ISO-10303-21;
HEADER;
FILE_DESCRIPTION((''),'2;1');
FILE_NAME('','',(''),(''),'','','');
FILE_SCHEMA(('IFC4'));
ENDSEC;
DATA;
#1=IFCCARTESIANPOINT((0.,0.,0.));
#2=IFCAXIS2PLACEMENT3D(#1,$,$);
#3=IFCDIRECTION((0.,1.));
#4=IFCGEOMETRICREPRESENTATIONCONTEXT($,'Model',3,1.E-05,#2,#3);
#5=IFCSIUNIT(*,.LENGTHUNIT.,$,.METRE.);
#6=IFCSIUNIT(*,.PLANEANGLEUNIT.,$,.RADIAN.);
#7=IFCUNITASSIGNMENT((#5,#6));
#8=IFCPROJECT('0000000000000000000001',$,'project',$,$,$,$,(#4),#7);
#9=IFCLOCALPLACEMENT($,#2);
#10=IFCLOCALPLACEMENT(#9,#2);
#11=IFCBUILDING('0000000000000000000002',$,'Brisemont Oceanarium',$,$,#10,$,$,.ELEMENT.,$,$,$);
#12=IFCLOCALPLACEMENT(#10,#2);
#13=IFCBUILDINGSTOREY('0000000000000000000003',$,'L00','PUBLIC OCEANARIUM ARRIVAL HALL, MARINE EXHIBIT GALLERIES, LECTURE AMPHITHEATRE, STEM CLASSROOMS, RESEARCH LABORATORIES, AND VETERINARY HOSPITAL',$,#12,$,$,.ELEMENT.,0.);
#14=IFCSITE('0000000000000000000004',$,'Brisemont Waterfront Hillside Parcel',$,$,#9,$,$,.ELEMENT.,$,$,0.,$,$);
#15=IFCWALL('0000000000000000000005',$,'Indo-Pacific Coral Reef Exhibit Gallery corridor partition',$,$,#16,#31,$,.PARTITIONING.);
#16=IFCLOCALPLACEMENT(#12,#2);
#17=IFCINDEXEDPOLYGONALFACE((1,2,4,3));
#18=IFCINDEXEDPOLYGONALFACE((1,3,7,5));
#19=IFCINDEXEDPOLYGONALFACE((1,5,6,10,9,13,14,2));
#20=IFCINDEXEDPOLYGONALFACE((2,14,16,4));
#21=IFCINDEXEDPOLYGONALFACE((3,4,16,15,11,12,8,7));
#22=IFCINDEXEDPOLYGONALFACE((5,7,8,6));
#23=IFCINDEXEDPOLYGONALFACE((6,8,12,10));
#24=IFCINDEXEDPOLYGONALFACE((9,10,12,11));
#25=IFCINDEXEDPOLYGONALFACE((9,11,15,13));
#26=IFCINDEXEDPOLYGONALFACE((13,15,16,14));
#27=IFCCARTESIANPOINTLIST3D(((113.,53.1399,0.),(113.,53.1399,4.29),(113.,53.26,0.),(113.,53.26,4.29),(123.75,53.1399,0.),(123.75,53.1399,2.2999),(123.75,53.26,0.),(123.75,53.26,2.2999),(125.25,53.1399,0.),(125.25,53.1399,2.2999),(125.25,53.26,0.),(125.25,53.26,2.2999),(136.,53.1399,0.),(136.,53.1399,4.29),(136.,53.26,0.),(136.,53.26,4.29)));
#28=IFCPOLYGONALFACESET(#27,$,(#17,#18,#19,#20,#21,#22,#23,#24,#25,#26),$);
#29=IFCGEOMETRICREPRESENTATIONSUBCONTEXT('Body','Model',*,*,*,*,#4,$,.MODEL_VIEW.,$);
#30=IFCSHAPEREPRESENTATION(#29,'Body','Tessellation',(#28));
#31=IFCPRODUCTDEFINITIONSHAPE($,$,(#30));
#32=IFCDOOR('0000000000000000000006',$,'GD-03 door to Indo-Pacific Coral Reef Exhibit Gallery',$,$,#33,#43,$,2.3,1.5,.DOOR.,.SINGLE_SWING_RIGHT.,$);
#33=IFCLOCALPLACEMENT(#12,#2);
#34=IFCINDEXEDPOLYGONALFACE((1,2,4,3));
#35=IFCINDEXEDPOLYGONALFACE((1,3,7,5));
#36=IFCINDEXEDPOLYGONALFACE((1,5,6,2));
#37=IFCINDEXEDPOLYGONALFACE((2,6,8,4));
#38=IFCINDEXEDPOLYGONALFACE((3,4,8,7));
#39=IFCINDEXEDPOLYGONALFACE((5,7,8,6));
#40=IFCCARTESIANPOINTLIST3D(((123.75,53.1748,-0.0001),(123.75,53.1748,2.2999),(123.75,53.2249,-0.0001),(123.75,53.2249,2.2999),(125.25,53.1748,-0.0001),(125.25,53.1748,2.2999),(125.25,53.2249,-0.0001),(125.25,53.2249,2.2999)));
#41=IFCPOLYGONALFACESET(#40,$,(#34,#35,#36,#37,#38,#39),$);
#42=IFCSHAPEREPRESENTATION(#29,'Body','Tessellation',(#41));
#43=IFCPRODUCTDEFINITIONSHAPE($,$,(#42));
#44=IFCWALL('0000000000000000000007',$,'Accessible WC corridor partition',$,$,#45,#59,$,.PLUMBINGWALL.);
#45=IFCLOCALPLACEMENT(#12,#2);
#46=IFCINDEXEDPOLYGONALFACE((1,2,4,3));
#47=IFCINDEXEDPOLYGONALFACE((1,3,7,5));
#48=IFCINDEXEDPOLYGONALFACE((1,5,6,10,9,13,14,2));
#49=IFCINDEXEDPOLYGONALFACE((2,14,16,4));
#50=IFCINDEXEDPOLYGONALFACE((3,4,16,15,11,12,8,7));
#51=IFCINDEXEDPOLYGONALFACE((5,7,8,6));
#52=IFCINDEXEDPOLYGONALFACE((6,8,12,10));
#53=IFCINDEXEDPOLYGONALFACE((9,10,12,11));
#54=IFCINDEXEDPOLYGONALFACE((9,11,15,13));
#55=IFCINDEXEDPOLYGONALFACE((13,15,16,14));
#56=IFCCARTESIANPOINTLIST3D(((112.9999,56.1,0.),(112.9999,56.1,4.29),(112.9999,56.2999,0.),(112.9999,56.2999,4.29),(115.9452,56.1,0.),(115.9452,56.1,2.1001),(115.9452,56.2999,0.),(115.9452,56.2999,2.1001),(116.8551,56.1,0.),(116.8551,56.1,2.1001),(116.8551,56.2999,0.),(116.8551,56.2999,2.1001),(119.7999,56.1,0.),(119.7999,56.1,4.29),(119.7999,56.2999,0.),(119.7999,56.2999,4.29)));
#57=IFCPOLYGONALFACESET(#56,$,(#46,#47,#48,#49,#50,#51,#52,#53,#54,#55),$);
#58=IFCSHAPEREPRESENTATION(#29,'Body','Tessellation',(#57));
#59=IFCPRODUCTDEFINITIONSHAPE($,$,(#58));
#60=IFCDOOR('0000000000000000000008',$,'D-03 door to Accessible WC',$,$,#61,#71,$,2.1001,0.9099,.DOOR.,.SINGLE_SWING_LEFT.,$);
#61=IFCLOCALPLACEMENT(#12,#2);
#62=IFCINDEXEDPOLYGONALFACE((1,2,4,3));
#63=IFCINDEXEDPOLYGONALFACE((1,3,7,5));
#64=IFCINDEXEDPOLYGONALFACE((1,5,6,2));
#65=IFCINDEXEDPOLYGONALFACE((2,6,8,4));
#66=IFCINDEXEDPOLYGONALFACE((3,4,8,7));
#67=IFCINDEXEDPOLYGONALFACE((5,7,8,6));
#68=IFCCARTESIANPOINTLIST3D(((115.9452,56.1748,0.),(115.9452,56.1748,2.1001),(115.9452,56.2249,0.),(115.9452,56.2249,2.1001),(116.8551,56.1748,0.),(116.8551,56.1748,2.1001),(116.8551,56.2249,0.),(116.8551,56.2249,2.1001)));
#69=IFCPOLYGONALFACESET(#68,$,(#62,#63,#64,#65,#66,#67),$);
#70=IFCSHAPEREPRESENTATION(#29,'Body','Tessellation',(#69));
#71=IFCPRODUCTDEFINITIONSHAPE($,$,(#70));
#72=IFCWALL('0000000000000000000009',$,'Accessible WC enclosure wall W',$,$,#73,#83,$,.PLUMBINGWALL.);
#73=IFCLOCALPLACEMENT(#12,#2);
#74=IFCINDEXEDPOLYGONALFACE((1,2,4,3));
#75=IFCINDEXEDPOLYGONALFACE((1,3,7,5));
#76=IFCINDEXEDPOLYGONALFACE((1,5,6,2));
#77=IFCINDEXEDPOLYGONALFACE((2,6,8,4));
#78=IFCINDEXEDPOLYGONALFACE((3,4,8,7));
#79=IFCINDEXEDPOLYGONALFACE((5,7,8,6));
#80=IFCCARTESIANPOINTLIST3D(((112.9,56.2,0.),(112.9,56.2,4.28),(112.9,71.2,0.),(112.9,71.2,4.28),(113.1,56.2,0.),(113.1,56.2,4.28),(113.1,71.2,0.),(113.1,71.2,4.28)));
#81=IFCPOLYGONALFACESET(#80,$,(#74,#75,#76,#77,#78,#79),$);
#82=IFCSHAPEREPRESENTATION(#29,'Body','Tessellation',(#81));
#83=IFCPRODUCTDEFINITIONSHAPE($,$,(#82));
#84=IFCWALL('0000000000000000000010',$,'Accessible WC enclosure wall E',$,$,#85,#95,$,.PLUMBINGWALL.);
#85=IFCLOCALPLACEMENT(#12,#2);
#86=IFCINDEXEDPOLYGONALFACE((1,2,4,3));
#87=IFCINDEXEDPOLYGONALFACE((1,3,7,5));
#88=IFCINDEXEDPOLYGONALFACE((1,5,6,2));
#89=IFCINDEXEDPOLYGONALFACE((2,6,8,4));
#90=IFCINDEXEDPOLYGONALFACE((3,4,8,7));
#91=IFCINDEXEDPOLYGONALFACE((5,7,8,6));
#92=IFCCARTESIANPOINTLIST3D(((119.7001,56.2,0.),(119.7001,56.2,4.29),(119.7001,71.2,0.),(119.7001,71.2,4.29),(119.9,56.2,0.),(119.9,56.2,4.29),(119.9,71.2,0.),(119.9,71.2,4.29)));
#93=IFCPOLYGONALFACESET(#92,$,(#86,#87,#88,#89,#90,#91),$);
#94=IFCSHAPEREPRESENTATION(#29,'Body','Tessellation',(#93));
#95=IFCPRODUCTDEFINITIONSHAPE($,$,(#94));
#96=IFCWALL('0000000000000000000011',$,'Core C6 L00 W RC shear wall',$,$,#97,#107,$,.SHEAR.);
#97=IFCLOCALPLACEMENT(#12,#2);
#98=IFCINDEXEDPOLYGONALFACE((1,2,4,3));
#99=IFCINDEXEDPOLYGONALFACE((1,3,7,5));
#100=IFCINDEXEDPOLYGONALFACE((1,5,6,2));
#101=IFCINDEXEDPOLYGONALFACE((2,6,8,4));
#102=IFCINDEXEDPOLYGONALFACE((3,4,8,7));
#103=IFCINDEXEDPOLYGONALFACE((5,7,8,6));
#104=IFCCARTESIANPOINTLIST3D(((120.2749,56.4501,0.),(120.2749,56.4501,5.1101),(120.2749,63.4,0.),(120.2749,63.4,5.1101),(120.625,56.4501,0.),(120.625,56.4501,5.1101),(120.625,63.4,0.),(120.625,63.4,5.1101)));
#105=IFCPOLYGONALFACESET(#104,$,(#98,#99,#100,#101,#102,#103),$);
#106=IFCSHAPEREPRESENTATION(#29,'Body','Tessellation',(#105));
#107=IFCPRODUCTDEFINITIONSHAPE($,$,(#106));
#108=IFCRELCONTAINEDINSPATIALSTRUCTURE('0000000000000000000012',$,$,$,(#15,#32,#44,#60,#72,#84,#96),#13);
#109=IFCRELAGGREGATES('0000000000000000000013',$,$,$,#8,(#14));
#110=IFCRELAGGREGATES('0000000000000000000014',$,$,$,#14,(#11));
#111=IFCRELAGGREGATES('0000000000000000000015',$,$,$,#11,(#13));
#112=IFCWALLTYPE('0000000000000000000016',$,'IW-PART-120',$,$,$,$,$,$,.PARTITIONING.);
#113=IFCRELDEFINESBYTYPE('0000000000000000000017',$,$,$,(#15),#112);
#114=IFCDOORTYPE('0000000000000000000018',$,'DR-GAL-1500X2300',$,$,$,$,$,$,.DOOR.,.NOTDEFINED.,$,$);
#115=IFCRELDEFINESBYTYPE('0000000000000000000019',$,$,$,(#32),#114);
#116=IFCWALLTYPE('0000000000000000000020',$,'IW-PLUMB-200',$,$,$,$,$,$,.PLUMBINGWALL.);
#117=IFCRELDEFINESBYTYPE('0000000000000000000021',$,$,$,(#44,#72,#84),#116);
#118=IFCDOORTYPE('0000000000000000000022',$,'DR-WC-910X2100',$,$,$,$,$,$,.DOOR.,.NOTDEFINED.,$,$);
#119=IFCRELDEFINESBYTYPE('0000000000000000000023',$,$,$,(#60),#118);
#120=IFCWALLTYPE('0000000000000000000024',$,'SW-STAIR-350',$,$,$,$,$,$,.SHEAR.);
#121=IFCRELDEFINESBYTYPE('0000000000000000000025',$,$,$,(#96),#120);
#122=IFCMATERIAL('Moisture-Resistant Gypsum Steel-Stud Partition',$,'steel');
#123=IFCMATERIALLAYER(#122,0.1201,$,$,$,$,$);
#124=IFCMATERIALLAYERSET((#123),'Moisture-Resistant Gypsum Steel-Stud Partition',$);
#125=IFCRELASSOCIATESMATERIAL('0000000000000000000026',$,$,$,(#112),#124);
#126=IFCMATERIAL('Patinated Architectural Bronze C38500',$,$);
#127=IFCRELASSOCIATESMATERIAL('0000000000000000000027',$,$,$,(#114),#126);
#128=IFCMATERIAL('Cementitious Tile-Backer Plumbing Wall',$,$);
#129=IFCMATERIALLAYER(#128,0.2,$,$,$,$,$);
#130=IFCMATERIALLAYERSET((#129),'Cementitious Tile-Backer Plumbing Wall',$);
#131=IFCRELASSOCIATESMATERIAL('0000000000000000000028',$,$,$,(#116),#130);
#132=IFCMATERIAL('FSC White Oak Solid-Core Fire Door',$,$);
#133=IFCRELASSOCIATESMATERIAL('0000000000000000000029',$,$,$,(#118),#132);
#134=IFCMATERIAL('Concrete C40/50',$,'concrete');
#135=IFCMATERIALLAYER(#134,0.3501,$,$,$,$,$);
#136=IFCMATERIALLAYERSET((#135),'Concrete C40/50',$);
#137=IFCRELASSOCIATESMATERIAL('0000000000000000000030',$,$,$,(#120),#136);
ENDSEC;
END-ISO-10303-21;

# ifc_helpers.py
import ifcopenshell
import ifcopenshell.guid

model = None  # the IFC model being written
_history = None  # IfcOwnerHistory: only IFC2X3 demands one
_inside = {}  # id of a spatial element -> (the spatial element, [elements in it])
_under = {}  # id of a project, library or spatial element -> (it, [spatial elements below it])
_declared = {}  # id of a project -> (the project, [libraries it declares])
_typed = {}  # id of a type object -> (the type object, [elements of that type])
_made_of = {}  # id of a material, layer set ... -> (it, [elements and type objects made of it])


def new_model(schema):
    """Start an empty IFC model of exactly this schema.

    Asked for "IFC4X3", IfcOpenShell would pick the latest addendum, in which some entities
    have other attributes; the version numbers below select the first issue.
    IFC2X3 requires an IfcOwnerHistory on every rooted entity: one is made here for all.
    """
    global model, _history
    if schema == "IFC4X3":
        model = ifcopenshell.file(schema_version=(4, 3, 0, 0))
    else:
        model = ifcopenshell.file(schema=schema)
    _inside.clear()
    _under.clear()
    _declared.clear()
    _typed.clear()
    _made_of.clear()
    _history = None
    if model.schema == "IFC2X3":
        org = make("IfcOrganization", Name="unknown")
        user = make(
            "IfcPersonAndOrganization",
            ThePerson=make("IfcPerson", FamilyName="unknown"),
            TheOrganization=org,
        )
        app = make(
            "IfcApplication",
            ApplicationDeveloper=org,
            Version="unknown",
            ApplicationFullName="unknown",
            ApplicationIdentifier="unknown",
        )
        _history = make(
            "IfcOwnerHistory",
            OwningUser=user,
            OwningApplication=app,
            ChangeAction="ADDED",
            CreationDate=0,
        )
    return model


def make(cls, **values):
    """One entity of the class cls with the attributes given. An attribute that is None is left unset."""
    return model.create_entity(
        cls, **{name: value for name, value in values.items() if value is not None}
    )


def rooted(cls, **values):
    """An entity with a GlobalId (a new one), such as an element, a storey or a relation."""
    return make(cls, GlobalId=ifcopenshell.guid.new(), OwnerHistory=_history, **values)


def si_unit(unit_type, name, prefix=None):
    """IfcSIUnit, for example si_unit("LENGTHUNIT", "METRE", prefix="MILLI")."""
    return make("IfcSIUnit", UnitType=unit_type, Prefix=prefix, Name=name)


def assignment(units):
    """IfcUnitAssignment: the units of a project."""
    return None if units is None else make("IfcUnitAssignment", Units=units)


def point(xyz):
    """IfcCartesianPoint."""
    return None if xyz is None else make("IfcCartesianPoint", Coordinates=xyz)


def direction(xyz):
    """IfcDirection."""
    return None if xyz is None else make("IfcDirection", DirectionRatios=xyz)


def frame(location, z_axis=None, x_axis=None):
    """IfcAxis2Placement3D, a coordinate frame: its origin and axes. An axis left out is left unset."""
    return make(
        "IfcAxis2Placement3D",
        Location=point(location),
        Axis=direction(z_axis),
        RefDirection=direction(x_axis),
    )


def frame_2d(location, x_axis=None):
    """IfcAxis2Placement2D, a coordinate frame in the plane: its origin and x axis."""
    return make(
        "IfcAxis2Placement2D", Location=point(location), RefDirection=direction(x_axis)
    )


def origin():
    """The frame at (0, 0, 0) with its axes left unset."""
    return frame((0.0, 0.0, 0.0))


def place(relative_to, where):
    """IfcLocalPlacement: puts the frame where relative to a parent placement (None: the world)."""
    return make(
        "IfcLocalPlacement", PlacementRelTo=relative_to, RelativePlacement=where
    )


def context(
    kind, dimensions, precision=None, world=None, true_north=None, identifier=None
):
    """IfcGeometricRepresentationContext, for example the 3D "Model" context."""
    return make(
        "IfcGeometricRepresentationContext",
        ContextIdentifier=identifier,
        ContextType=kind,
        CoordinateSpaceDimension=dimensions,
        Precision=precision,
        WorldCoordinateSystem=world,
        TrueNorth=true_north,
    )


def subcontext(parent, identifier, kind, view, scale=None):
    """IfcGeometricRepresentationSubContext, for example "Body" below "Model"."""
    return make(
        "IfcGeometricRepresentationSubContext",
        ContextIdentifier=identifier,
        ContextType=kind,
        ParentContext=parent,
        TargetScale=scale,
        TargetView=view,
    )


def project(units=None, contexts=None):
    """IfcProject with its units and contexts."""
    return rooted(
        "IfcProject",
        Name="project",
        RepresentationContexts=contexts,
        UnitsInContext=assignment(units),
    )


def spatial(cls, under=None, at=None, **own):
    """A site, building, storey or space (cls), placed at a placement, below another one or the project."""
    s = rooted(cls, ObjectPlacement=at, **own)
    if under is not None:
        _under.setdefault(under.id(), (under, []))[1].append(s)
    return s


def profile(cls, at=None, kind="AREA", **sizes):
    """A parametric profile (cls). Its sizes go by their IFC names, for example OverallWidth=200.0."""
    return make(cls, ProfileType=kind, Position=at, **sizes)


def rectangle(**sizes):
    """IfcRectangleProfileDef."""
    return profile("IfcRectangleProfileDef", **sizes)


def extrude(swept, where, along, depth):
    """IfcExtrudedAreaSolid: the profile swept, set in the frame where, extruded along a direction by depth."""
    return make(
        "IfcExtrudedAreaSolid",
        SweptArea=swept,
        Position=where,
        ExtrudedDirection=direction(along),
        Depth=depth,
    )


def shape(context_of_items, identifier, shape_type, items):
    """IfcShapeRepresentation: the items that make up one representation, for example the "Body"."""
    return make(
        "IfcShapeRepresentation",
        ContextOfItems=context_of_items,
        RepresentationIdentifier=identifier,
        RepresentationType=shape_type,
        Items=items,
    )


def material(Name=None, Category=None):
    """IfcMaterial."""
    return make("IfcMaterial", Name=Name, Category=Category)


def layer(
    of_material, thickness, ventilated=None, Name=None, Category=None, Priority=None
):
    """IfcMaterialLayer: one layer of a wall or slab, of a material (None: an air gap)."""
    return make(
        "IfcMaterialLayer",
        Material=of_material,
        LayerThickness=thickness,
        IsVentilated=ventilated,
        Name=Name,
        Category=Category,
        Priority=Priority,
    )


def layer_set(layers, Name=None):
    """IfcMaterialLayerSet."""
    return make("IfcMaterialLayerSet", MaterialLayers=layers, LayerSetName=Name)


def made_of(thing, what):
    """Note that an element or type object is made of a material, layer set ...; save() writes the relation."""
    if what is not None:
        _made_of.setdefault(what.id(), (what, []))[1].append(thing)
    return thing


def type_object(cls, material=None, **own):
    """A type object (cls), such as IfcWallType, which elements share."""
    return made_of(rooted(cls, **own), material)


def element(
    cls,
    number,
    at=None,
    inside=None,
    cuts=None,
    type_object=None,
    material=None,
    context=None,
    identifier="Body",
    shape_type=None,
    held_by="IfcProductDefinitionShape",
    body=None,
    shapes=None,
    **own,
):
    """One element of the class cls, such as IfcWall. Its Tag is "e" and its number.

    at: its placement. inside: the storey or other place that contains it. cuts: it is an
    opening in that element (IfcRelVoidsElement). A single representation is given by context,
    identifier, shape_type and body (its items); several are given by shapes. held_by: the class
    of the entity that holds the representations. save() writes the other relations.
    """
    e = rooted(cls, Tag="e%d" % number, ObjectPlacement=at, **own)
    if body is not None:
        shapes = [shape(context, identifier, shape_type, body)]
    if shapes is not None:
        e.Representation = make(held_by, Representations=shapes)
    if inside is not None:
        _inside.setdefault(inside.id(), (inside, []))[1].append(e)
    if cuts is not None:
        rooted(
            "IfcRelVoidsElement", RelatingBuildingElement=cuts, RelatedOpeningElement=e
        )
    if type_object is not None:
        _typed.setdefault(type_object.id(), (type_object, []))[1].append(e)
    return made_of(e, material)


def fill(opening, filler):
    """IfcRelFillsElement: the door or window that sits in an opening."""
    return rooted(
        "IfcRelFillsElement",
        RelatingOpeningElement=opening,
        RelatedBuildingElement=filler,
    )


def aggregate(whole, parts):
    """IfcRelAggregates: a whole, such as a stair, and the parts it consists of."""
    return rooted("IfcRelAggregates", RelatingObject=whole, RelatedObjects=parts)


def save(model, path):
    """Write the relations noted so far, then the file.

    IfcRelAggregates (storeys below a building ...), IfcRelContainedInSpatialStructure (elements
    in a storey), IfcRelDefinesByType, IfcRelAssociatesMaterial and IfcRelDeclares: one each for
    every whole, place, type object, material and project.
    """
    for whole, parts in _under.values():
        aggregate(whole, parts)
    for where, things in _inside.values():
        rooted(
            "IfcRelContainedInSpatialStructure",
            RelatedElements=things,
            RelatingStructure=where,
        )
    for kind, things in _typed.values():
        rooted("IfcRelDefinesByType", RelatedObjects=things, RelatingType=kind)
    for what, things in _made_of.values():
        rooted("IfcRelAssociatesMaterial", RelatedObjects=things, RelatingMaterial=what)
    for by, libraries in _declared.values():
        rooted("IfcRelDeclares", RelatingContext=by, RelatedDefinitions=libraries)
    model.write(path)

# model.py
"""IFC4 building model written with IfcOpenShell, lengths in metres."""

from ifc_helpers import new_model, si_unit, direction, frame, frame_2d, origin, place, context, subcontext, project, spatial, rectangle, extrude, material, layer, layer_set, type_object, element, fill, save


model = new_model("IFC4")

# Units and contexts
model_context = context("Model", 3, precision=1e-05, world=origin(), true_north=direction((0.0, 1.0)))
body_context = subcontext(model_context, "Body", "Model", "MODEL_VIEW")
ifc_project = project(units=[si_unit("LENGTHUNIT", "METRE"), si_unit("PLANEANGLEUNIT", "RADIAN")], contexts=[model_context])

# Site, building, storey
site_placement = place(None, origin())
site = spatial("IfcSite", under=ifc_project, at=site_placement, Name="Brisemont Waterfront Hillside Parcel", CompositionType="ELEMENT", RefElevation=0.0)
building_placement = place(site_placement, origin())
building = spatial("IfcBuilding", under=site, at=building_placement, Name="Brisemont Oceanarium", CompositionType="ELEMENT")
storey_placement = place(building_placement, origin())
storey = spatial("IfcBuildingStorey", under=building, at=storey_placement, Name="L00", Description="PUBLIC OCEANARIUM ARRIVAL HALL, MARINE EXHIBIT GALLERIES, LECTURE AMPHITHEATRE, STEM CLASSROOMS, RESEARCH LABORATORIES, AND VETERINARY HOSPITAL", CompositionType="ELEMENT", Elevation=0.0)

# Walls, openings, doors
ifc_material_1 = material(Name="Moisture-Resistant Gypsum Steel-Stud Partition", Category="steel")
ifc_layer_1 = layer(ifc_material_1, 0.1201)
ifc_layer_set_1 = layer_set([ifc_layer_1], Name="Moisture-Resistant Gypsum Steel-Stud Partition")
wall_type_1 = type_object("IfcWallType", Name="IW-PART-120", PredefinedType="PARTITIONING", material=ifc_layer_set_1)
wall_1_placement = place(storey_placement, frame((113.0, 53.2, 0.0), z_axis=(0.0, 0.0, 1.0), x_axis=(1.0, 0.0, 0.0)))
wall_1 = element("IfcWall", 1, at=wall_1_placement, inside=storey, type_object=wall_type_1, Name="Indo-Pacific Coral Reef Exhibit Gallery corridor partition", PredefinedType="PARTITIONING", context=body_context, shape_type="SweptSolid", body=[
    extrude(rectangle(XDim=23.0, YDim=0.1201, at=frame_2d((11.5, 0.0))), origin(), (0.0, 0.0, 1.0), 4.29),
])
opening_1_placement = place(wall_1_placement, frame((10.75, 0.0, 0.0)))
opening_1 = element("IfcOpeningElement", 2, at=opening_1_placement, cuts=wall_1, PredefinedType="OPENING", context=body_context, shape_type="SweptSolid", body=[
    extrude(rectangle(XDim=1.5, YDim=2.3, at=frame_2d((0.75, 1.1499))), frame((0.0, 0.0701, 0.0), z_axis=(0.0, -1.0, 0.0), x_axis=(1.0, 0.0, 0.0)), (0.0, 0.0, 1.0), 0.1401),
])
ifc_material_2 = material(Name="Patinated Architectural Bronze C38500")
door_type_1 = type_object("IfcDoorType", Name="DR-GAL-1500X2300", OperationType="NOTDEFINED", PredefinedType="DOOR", material=ifc_material_2)
door_1_placement = place(opening_1_placement, origin())
door_1 = element("IfcDoor", 3, at=door_1_placement, inside=storey, type_object=door_type_1, Name="GD-03 door to Indo-Pacific Coral Reef Exhibit Gallery", OperationType="SINGLE_SWING_RIGHT", OverallHeight=2.3, OverallWidth=1.5, PredefinedType="DOOR", context=body_context, shape_type="SweptSolid", body=[
    extrude(rectangle(XDim=1.5, YDim=2.3, at=frame_2d((0.75, 1.1499))), frame((0.0, 0.0249, 0.0), z_axis=(0.0, -1.0, 0.0), x_axis=(1.0, 0.0, 0.0)), (0.0, 0.0, 1.0), 0.05),
])
fill(opening_1, door_1)
ifc_material_3 = material(Name="Cementitious Tile-Backer Plumbing Wall")
ifc_layer_2 = layer(ifc_material_3, 0.2)
ifc_layer_set_2 = layer_set([ifc_layer_2], Name="Cementitious Tile-Backer Plumbing Wall")
wall_type_2 = type_object("IfcWallType", Name="IW-PLUMB-200", PredefinedType="PLUMBINGWALL", material=ifc_layer_set_2)
wall_2_placement = place(storey_placement, frame((113.0, 56.2, 0.0), z_axis=(0.0, 0.0, 1.0), x_axis=(1.0, 0.0, 0.0)))
wall_2 = element("IfcWall", 4, at=wall_2_placement, inside=storey, type_object=wall_type_2, Name="Accessible WC corridor partition", PredefinedType="PLUMBINGWALL", context=body_context, shape_type="SweptSolid", body=[
    extrude(rectangle(XDim=6.8, YDim=0.2, at=frame_2d((3.3999, 0.0))), origin(), (0.0, 0.0, 1.0), 4.29),
])
opening_2_placement = place(wall_2_placement, frame((2.9451, 0.0, 0.0)))
opening_2 = element("IfcOpeningElement", 5, at=opening_2_placement, cuts=wall_2, PredefinedType="OPENING", context=body_context, shape_type="SweptSolid", body=[
    extrude(rectangle(XDim=0.9099, YDim=2.1001, at=frame_2d((0.4551, 1.05))), frame((0.0, 0.1099, 0.0), z_axis=(0.0, -1.0, 0.0), x_axis=(1.0, 0.0, 0.0)), (0.0, 0.0, 1.0), 0.22),
])
ifc_material_4 = material(Name="FSC White Oak Solid-Core Fire Door")
door_type_2 = type_object("IfcDoorType", Name="DR-WC-910X2100", OperationType="NOTDEFINED", PredefinedType="DOOR", material=ifc_material_4)
door_2_placement = place(opening_2_placement, origin())
door_2 = element("IfcDoor", 6, at=door_2_placement, inside=storey, type_object=door_type_2, Name="D-03 door to Accessible WC", OperationType="SINGLE_SWING_LEFT", OverallHeight=2.1001, OverallWidth=0.9099, PredefinedType="DOOR", context=body_context, shape_type="SweptSolid", body=[
    extrude(rectangle(XDim=0.9099, YDim=2.1001, at=frame_2d((0.4551, 1.05))), frame((0.0, 0.0249, 0.0), z_axis=(0.0, -1.0, 0.0), x_axis=(1.0, 0.0, 0.0)), (0.0, 0.0, 1.0), 0.05),
])
fill(opening_2, door_2)

# Walls
wall_3_placement = place(storey_placement, frame((113.0, 56.2, 0.0), z_axis=(0.0, 0.0, 1.0), x_axis=(0.0, 1.0, 0.0)))
element("IfcWall", 7, at=wall_3_placement, inside=storey, type_object=wall_type_2, Name="Accessible WC enclosure wall W", PredefinedType="PLUMBINGWALL", context=body_context, shape_type="SweptSolid", body=[
    extrude(rectangle(XDim=15.0, YDim=0.2, at=frame_2d((7.5, 0.0))), origin(), (0.0, 0.0, 1.0), 4.28),
])
wall_4_placement = place(storey_placement, frame((119.8, 56.2, 0.0), z_axis=(0.0, 0.0, 1.0), x_axis=(0.0, 1.0, 0.0)))
element("IfcWall", 8, at=wall_4_placement, inside=storey, type_object=wall_type_2, Name="Accessible WC enclosure wall E", PredefinedType="PLUMBINGWALL", context=body_context, shape_type="SweptSolid", body=[
    extrude(rectangle(XDim=15.0, YDim=0.2, at=frame_2d((7.5, 0.0))), origin(), (0.0, 0.0, 1.0), 4.29),
])

# Shared definitions
ifc_material_5 = material(Name="Concrete C40/50", Category="concrete")
ifc_layer_3 = layer(ifc_material_5, 0.3501)
ifc_layer_set_3 = layer_set([ifc_layer_3], Name="Concrete C40/50")
wall_type_3 = type_object("IfcWallType", Name="SW-STAIR-350", PredefinedType="SHEAR", material=ifc_layer_set_3)

# Wall
wall_5_placement = place(storey_placement, frame((120.45, 56.45, 0.0), z_axis=(0.0, 0.0, 1.0), x_axis=(0.0, 1.0, 0.0)))
element("IfcWall", 9, at=wall_5_placement, inside=storey, type_object=wall_type_3, Name="Core C6 L00 W RC shear wall", PredefinedType="SHEAR", context=body_context, shape_type="SweptSolid", body=[
    extrude(rectangle(XDim=6.95, YDim=0.3501, at=frame_2d((3.4751, 0.0))), origin(), (0.0, 0.0, 1.0), 5.1101),
])

save(model, "model.ifc")
